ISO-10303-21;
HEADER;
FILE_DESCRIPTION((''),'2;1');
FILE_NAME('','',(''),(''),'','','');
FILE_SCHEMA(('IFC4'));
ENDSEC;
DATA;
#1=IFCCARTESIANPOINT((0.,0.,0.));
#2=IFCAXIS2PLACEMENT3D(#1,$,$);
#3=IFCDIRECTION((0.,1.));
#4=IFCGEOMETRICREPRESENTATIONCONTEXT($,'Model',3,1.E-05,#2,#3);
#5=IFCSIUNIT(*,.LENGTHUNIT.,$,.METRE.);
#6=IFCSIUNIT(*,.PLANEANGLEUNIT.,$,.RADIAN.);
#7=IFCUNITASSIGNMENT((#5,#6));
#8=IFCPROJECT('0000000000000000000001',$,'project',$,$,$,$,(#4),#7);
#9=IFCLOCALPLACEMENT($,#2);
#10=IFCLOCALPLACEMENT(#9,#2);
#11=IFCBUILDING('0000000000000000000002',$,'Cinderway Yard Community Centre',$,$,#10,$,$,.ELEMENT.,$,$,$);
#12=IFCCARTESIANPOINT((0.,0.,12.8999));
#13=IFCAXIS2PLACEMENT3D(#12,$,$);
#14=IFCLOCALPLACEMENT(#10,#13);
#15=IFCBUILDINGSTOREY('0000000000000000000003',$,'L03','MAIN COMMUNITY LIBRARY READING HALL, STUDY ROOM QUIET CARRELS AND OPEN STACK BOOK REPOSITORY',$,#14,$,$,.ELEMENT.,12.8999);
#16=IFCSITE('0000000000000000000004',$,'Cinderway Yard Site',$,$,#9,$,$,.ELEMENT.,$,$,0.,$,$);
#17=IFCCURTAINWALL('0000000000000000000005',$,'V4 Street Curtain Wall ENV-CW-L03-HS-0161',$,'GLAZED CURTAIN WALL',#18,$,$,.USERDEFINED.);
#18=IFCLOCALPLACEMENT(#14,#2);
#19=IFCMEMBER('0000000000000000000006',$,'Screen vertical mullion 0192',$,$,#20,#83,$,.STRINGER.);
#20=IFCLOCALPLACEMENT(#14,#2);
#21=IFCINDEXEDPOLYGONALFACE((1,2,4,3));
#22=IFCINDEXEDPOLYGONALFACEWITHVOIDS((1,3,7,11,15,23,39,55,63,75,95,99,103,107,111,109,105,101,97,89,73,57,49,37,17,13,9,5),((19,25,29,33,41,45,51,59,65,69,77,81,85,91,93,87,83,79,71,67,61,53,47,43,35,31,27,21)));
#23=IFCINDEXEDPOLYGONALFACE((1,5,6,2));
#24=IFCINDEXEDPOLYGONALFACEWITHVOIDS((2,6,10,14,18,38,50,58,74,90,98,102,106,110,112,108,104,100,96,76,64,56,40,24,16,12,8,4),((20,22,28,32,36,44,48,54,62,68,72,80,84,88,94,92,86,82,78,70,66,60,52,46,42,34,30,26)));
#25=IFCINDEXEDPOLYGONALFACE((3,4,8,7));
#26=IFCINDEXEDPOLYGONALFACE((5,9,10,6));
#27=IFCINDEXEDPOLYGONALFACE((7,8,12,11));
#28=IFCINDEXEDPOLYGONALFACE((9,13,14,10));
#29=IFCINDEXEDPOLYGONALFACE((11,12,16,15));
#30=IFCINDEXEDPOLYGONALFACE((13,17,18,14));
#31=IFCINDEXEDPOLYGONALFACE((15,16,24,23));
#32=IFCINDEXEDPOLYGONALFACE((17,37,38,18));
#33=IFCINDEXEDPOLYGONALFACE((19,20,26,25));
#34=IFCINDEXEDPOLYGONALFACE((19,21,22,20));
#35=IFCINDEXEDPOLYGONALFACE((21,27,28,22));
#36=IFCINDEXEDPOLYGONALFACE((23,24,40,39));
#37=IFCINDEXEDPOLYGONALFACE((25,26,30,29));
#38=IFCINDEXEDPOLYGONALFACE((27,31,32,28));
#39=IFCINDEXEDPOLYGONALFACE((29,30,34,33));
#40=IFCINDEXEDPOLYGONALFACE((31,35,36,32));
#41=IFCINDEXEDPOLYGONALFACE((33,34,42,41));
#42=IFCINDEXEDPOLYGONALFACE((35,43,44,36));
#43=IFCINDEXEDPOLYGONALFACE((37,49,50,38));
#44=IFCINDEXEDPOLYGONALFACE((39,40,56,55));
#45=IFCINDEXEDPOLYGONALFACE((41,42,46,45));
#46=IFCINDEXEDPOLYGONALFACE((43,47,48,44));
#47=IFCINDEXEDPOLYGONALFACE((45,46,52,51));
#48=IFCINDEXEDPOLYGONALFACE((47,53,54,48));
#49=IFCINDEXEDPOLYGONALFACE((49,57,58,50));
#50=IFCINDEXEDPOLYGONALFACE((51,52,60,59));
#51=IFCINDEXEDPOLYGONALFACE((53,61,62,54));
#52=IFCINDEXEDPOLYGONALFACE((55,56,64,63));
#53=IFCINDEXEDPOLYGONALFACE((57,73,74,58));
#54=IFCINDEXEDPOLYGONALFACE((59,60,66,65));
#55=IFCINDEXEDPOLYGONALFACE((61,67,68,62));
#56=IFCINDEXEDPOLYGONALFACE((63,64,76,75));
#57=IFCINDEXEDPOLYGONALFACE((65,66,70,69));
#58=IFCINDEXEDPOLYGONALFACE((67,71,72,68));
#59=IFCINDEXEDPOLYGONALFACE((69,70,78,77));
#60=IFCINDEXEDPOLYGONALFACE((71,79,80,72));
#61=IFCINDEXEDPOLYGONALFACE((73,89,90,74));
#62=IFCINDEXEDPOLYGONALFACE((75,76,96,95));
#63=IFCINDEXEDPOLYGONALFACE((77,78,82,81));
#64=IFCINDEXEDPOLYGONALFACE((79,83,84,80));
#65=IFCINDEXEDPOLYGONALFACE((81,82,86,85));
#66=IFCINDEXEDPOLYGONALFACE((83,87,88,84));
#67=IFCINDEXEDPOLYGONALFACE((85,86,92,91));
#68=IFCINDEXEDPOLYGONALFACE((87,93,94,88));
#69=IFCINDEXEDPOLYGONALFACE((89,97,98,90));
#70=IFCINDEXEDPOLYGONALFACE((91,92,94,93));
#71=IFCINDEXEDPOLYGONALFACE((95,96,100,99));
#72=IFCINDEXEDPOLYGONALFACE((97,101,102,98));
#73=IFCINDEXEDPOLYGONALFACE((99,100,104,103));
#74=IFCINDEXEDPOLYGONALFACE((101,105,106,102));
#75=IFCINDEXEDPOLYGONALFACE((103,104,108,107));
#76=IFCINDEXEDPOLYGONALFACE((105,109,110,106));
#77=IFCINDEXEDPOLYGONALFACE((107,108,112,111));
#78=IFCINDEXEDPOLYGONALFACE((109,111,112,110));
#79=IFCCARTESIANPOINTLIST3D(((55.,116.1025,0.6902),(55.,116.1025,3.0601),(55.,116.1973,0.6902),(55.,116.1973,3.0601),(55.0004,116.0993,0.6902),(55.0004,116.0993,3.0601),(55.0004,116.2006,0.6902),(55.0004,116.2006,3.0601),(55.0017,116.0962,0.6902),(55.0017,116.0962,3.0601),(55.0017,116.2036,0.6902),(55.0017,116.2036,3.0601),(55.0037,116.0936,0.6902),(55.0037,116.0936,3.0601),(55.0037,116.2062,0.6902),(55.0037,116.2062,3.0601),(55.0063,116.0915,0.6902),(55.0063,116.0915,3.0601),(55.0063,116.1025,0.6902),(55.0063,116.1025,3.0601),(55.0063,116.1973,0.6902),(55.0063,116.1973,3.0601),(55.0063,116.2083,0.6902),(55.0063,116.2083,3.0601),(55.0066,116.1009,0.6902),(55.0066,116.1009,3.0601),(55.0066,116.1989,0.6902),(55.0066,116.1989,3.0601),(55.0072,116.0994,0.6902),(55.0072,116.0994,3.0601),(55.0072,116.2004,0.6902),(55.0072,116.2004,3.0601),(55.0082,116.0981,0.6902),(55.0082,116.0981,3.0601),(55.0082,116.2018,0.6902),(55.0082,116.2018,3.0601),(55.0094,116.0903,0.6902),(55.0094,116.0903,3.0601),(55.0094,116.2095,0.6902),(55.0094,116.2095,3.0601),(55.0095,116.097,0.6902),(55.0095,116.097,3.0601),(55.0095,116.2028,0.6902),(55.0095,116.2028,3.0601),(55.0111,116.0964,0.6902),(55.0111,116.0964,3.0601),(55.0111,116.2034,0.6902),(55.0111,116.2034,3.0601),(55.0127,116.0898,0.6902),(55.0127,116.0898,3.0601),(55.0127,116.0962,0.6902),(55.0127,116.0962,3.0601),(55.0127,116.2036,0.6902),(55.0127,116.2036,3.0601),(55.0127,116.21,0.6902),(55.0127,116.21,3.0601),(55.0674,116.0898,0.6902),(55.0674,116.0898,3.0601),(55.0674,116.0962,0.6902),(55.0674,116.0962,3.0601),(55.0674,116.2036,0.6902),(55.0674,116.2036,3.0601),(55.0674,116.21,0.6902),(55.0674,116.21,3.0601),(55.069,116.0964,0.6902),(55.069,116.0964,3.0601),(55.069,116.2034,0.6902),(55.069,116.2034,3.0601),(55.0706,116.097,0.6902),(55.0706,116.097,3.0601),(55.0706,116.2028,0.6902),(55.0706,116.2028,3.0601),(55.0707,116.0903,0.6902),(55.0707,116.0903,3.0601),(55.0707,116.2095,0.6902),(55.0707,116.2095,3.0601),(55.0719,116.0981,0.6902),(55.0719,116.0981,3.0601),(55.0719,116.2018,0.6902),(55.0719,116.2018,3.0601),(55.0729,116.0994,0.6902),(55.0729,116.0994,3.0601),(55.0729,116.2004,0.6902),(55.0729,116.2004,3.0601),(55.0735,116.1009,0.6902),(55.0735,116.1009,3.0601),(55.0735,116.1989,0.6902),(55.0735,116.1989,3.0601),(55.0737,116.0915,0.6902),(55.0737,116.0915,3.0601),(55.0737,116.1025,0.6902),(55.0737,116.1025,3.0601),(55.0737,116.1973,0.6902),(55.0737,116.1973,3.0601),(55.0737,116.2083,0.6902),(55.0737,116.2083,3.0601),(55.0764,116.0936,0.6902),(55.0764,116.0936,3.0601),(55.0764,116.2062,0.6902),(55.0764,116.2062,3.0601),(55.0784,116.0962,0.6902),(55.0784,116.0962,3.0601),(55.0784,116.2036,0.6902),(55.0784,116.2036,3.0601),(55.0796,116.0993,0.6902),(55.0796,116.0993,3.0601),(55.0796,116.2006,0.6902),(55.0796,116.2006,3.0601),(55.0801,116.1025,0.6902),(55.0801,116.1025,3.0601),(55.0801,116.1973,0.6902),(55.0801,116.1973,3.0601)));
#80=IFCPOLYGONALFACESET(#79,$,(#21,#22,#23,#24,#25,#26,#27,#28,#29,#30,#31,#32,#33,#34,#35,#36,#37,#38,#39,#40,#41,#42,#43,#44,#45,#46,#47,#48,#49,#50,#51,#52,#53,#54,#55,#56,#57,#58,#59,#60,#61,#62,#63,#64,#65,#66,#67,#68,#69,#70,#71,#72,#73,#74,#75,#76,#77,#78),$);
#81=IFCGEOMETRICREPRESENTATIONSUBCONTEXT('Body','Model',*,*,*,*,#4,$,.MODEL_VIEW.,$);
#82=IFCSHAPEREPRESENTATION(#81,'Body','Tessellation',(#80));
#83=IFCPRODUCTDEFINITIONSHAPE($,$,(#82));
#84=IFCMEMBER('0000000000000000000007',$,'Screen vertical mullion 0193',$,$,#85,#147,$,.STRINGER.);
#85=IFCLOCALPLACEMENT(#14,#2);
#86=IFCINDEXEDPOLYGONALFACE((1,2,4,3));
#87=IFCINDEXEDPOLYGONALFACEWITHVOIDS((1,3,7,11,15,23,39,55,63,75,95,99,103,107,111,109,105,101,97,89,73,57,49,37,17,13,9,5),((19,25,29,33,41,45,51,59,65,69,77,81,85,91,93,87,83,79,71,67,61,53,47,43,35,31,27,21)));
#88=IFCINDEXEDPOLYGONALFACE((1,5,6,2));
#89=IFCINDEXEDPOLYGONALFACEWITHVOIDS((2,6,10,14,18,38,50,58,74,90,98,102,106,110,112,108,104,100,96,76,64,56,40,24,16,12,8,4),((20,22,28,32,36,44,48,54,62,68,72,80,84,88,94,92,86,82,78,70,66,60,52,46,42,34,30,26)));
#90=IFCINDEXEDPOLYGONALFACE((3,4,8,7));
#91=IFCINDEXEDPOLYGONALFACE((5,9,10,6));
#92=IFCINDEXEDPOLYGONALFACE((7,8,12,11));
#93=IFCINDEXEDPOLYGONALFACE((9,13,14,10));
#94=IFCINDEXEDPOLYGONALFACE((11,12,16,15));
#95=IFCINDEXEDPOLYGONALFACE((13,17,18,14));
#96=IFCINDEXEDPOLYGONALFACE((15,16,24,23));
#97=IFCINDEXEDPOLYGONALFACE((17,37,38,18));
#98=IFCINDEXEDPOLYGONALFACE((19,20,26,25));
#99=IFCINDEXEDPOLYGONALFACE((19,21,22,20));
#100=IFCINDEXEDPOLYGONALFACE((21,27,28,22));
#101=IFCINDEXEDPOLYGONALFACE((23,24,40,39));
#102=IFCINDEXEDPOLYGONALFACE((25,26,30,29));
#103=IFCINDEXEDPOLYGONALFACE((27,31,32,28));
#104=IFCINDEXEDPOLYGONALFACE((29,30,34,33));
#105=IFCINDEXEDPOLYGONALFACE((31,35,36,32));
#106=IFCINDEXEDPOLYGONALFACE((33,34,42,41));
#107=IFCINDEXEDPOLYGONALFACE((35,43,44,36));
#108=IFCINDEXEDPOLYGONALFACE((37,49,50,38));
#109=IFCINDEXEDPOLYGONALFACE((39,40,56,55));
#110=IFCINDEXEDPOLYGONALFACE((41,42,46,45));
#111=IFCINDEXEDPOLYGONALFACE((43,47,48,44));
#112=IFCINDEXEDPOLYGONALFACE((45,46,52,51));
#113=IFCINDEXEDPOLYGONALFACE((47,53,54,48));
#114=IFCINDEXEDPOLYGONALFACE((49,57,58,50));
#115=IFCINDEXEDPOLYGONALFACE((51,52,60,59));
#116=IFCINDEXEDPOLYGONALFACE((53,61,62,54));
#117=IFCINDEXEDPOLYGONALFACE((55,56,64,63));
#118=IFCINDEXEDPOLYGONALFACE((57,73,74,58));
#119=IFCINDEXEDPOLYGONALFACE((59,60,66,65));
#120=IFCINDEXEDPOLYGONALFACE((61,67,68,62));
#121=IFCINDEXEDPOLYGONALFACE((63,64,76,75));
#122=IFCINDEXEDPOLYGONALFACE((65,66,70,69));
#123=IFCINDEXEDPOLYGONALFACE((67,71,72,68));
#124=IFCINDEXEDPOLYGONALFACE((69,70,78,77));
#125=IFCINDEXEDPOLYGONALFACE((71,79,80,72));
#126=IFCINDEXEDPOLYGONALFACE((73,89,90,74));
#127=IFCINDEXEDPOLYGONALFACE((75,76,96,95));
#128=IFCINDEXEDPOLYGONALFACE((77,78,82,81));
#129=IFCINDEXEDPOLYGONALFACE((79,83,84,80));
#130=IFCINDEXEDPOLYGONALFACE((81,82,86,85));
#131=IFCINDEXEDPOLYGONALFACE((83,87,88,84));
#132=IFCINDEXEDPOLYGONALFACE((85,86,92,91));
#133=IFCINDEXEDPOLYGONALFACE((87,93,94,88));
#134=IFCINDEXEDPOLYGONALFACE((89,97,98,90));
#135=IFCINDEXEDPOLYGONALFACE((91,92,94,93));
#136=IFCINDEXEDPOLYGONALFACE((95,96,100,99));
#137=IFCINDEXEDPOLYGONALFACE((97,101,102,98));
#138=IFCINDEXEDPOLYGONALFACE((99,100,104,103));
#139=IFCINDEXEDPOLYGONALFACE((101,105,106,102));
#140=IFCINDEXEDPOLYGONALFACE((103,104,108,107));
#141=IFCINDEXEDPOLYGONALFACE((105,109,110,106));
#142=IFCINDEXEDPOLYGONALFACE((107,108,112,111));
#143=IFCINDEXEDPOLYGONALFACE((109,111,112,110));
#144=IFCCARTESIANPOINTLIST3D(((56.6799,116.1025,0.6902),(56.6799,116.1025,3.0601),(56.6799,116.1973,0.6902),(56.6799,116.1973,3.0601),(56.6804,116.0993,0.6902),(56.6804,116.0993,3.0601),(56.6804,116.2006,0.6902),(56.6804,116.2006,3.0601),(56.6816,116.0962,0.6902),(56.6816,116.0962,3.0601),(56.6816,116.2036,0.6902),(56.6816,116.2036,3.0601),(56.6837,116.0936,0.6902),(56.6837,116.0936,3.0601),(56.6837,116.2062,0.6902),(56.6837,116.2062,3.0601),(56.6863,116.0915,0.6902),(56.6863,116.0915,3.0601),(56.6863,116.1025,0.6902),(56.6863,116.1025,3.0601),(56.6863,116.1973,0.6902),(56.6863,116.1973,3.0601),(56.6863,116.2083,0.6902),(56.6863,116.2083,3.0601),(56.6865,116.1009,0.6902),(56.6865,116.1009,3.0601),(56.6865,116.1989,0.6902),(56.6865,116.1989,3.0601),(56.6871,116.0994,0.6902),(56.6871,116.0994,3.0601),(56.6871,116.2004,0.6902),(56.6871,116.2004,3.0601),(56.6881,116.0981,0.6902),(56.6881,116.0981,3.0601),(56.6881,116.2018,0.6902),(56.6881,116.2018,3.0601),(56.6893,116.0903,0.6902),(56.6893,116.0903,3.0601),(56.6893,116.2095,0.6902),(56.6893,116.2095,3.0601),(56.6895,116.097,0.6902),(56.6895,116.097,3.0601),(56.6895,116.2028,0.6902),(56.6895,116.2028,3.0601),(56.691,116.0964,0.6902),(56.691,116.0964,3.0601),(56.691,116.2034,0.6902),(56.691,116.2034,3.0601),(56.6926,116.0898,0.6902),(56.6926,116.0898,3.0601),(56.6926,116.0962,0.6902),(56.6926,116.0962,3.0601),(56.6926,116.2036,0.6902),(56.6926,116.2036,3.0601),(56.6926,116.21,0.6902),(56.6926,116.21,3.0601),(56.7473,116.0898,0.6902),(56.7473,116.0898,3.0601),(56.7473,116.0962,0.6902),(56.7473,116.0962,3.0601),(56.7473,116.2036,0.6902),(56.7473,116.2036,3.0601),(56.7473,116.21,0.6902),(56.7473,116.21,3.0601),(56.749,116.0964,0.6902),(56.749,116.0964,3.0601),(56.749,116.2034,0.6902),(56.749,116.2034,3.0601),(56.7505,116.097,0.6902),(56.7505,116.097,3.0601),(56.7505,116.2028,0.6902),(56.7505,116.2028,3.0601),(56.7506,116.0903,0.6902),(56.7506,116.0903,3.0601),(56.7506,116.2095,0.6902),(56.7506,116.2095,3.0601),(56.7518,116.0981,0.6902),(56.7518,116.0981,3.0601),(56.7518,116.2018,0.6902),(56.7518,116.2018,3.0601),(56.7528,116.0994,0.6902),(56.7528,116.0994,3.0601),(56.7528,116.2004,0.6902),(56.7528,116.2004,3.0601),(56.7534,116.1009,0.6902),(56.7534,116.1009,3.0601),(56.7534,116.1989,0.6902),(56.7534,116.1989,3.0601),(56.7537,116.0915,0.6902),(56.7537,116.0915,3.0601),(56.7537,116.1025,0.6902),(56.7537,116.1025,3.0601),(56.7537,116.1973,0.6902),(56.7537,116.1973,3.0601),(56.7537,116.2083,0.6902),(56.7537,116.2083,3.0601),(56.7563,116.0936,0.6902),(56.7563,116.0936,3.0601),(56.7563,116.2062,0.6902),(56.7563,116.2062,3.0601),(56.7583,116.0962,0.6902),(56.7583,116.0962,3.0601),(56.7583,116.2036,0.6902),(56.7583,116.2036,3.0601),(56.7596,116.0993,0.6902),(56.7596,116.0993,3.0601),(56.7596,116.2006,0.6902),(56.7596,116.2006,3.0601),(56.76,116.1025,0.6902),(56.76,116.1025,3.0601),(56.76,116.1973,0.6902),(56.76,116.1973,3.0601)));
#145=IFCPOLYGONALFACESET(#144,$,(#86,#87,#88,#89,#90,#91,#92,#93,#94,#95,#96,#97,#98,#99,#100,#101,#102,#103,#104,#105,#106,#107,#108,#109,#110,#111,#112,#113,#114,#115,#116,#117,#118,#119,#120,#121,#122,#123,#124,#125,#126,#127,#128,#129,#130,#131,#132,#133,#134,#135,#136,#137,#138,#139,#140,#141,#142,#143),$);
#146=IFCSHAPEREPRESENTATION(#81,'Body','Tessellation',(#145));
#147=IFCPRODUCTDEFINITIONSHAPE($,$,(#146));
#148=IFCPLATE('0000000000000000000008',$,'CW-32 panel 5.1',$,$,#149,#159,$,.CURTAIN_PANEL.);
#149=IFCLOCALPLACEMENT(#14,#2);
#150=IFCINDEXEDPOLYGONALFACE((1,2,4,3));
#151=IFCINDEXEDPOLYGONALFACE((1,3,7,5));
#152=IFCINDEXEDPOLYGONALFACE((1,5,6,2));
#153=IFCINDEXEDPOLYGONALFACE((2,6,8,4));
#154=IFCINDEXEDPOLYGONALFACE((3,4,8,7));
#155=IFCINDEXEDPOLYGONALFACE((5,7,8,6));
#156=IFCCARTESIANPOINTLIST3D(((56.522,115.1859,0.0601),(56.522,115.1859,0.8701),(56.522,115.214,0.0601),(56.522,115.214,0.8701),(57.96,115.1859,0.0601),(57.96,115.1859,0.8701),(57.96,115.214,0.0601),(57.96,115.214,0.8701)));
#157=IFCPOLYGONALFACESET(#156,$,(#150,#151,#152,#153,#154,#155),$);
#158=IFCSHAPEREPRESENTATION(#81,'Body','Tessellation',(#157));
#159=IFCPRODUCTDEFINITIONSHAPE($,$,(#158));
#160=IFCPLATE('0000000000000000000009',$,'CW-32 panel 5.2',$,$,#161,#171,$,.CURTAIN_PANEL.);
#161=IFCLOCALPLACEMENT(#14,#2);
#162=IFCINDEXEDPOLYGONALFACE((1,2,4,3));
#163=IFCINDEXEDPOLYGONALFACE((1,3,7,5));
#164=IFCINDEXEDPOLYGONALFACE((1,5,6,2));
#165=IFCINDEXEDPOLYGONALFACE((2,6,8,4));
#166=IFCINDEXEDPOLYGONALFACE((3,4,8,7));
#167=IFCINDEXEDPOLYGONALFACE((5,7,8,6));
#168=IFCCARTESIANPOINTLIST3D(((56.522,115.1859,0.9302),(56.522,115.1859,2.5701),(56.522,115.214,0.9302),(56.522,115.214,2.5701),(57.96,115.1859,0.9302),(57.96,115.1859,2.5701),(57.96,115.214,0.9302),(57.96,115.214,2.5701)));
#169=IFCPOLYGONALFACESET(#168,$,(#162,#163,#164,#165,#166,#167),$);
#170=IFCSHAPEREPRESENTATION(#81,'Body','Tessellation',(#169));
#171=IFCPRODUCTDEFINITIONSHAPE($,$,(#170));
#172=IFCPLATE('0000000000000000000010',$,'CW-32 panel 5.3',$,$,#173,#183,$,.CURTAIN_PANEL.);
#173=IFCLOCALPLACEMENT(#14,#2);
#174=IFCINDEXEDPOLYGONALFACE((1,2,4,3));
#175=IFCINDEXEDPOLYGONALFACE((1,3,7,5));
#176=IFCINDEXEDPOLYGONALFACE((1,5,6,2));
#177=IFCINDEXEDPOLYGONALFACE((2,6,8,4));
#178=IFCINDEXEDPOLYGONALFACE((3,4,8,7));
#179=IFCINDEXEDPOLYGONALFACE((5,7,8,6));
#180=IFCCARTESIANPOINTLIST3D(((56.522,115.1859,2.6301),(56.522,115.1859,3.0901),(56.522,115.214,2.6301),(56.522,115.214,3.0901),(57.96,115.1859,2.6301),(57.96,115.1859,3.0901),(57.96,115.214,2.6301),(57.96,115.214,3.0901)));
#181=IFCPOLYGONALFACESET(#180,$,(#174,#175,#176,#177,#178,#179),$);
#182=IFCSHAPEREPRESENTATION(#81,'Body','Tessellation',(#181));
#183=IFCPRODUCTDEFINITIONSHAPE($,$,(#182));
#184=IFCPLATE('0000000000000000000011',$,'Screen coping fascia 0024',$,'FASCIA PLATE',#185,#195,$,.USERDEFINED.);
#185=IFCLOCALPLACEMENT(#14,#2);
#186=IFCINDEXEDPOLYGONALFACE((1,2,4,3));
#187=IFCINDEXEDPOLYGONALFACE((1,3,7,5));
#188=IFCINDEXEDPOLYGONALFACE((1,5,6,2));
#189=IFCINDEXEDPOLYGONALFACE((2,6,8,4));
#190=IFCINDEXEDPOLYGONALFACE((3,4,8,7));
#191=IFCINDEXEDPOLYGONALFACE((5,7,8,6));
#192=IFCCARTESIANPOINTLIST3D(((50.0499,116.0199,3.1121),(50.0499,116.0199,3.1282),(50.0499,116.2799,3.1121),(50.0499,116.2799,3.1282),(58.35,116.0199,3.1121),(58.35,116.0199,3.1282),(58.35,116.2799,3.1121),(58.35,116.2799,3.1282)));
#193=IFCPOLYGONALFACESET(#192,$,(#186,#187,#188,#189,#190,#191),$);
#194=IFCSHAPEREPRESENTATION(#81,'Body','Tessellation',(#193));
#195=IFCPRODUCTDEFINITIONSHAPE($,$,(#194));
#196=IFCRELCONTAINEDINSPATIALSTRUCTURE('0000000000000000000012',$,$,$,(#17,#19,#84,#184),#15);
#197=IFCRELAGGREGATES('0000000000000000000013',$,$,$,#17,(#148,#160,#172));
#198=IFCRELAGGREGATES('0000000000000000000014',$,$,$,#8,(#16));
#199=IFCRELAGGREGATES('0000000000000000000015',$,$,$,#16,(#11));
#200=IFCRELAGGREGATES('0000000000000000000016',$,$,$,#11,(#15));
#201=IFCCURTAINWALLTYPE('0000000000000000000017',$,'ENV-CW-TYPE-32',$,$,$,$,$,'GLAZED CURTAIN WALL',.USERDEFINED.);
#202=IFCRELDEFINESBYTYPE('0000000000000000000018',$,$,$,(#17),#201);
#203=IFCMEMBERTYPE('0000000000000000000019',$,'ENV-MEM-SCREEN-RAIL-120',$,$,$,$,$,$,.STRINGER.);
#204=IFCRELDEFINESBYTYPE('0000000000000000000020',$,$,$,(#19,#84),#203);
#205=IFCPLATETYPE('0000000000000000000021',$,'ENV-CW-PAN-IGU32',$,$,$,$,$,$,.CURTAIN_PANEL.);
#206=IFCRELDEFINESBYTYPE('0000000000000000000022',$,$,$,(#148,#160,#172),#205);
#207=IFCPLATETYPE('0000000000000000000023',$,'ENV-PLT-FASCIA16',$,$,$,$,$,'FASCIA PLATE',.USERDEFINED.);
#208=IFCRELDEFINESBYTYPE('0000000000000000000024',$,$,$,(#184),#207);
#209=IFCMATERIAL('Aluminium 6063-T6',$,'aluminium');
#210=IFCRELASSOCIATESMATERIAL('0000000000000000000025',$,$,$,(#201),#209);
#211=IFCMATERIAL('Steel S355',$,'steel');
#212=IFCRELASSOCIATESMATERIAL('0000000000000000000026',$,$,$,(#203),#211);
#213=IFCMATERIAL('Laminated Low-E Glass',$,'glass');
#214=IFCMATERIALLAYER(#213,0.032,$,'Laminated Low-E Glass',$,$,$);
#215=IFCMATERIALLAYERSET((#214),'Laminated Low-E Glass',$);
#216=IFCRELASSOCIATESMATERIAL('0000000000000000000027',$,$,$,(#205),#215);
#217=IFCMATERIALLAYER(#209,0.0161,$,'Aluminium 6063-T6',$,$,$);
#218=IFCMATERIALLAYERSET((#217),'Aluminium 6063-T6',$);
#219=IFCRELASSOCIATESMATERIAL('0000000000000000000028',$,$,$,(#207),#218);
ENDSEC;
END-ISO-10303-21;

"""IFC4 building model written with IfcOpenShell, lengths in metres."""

from ifc_helpers import new_model, si_unit, direction, frame, origin, origin_2d, place, context, subcontext, project, spatial, rectangle, hollow_rectangle, extrude, material, layer, layer_set, material_profile, profile_set, type_object, element, aggregate, save


model = new_model("IFC4")

# Units and contexts
model_context = context("Model", 3, precision=1e-05, world=origin(), true_north=direction((0.0, 1.0)))
body_context = subcontext(model_context, "Body", "Model", "MODEL_VIEW")
ifc_project = project(units=[si_unit("LENGTHUNIT", "METRE"), si_unit("PLANEANGLEUNIT", "RADIAN")], contexts=[model_context])

# Site, building, storey
site_placement = place(None, origin())
site = spatial("IfcSite", under=ifc_project, at=site_placement, Name="Cinderway Yard Site", CompositionType="ELEMENT", RefElevation=0.0)
building_placement = place(site_placement, origin())
building = spatial("IfcBuilding", under=site, at=building_placement, Name="Cinderway Yard Community Centre", CompositionType="ELEMENT")
storey_placement = place(building_placement, frame((0.0, 0.0, 12.8999)))
storey = spatial("IfcBuildingStorey", under=building, at=storey_placement, Name="L03", Description="MAIN COMMUNITY LIBRARY READING HALL, STUDY ROOM QUIET CARRELS AND OPEN STACK BOOK REPOSITORY", CompositionType="ELEMENT", Elevation=12.8999)

# Curtain wall
ifc_material_1 = material(Name="Aluminium 6063-T6", Category="aluminium")
curtain_wall_type = type_object("IfcCurtainWallType", Name="ENV-CW-TYPE-32", ElementType="GLAZED CURTAIN WALL", PredefinedType="USERDEFINED", material=ifc_material_1)
curtain_wall_placement = place(storey_placement, origin())
curtain_wall = element("IfcCurtainWall", 1, at=curtain_wall_placement, inside=storey, type_object=curtain_wall_type, Name="V4 Street Curtain Wall ENV-CW-L03-HS-0161", ObjectType="GLAZED CURTAIN WALL", PredefinedType="USERDEFINED")

# Members
ifc_material_2 = material(Name="Steel S355", Category="steel")
ifc_material_profile_1 = material_profile(ifc_material_2, hollow_rectangle(XDim=0.0801, YDim=0.1201, WallThickness=0.0063, InnerFilletRadius=0.0063, OuterFilletRadius=0.0127, at=origin_2d()), Name="Steel S355")
ifc_profile_set_1 = profile_set([ifc_material_profile_1], Name="Steel S355")
member_type_1 = type_object("IfcMemberType", Name="ENV-MEM-SCREEN-RAIL-120", PredefinedType="STRINGER", material=ifc_profile_set_1)
for number, where, z_axis, x_axis, name in (
    (2, (55.04, 116.1499, 0.6902), (0.0, 0.0, 1.0), (1.0, 0.0, 0.0), "Screen vertical mullion 0192"),
    (3, (56.72, 116.1499, 0.6902), (0.0, 0.0, 1.0), (1.0, 0.0, 0.0), "Screen vertical mullion 0193"),
):
    element("IfcMember", number, at=place(storey_placement, frame(where, z_axis=z_axis, x_axis=x_axis)), inside=storey, type_object=member_type_1, Name=name, PredefinedType="STRINGER", context=body_context, shape_type="SweptSolid", body=[
        extrude(hollow_rectangle(XDim=0.0801, YDim=0.1201, WallThickness=0.0063, InnerFilletRadius=0.0063, OuterFilletRadius=0.0127, at=origin_2d()), origin(), (0.0, 0.0, 1.0), 2.3699),
    ])

# Plates
ifc_material_3 = material(Name="Laminated Low-E Glass", Category="glass")
ifc_layer_1 = layer(ifc_material_3, 0.032, Name="Laminated Low-E Glass")
ifc_layer_set_1 = layer_set([ifc_layer_1], Name="Laminated Low-E Glass")
plate_type_1 = type_object("IfcPlateType", Name="ENV-CW-PAN-IGU32", PredefinedType="CURTAIN_PANEL", material=ifc_layer_set_1)
plate_1_placement = place(storey_placement, frame((57.241, 115.2, 0.0601), z_axis=(0.0, 0.0, 1.0), x_axis=(1.0, 0.0, 0.0)))
plate_1 = element("IfcPlate", 4, at=plate_1_placement, type_object=plate_type_1, Name="CW-32 panel 5.1", PredefinedType="CURTAIN_PANEL", context=body_context, shape_type="SweptSolid", body=[
    extrude(rectangle(XDim=1.438, YDim=0.0281, at=origin_2d()), origin(), (0.0, 0.0, 1.0), 0.8101),
])
plate_2_placement = place(storey_placement, frame((57.241, 115.2, 0.9302), z_axis=(0.0, 0.0, 1.0), x_axis=(1.0, 0.0, 0.0)))
plate_2 = element("IfcPlate", 5, at=plate_2_placement, type_object=plate_type_1, Name="CW-32 panel 5.2", PredefinedType="CURTAIN_PANEL", context=body_context, shape_type="SweptSolid", body=[
    extrude(rectangle(XDim=1.438, YDim=0.0281, at=origin_2d()), origin(), (0.0, 0.0, 1.0), 1.6399),
])
plate_3_placement = place(storey_placement, frame((57.241, 115.2, 2.6301), z_axis=(0.0, 0.0, 1.0), x_axis=(1.0, 0.0, 0.0)))
plate_3 = element("IfcPlate", 6, at=plate_3_placement, type_object=plate_type_1, Name="CW-32 panel 5.3", PredefinedType="CURTAIN_PANEL", context=body_context, shape_type="SweptSolid", body=[
    extrude(rectangle(XDim=1.438, YDim=0.0281, at=origin_2d()), origin(), (0.0, 0.0, 1.0), 0.46),
])
aggregate(curtain_wall, [plate_1, plate_2, plate_3])
ifc_layer_2 = layer(ifc_material_1, 0.0161, Name="Aluminium 6063-T6")
ifc_layer_set_2 = layer_set([ifc_layer_2], Name="Aluminium 6063-T6")
plate_type_2 = type_object("IfcPlateType", Name="ENV-PLT-FASCIA16", ElementType="FASCIA PLATE", PredefinedType="USERDEFINED", material=ifc_layer_set_2)
plate_4_placement = place(storey_placement, frame((54.2, 116.1499, 3.1121), z_axis=(0.0, 0.0, 1.0), x_axis=(1.0, 0.0, 0.0)))
element("IfcPlate", 7, at=plate_4_placement, inside=storey, type_object=plate_type_2, Name="Screen coping fascia 0024", ObjectType="FASCIA PLATE", PredefinedType="USERDEFINED", context=body_context, shape_type="SweptSolid", body=[
    extrude(rectangle(XDim=8.3, YDim=0.26, at=origin_2d()), origin(), (0.0, 0.0, 1.0), 0.0161),
])

save(model, "model.ifc")
